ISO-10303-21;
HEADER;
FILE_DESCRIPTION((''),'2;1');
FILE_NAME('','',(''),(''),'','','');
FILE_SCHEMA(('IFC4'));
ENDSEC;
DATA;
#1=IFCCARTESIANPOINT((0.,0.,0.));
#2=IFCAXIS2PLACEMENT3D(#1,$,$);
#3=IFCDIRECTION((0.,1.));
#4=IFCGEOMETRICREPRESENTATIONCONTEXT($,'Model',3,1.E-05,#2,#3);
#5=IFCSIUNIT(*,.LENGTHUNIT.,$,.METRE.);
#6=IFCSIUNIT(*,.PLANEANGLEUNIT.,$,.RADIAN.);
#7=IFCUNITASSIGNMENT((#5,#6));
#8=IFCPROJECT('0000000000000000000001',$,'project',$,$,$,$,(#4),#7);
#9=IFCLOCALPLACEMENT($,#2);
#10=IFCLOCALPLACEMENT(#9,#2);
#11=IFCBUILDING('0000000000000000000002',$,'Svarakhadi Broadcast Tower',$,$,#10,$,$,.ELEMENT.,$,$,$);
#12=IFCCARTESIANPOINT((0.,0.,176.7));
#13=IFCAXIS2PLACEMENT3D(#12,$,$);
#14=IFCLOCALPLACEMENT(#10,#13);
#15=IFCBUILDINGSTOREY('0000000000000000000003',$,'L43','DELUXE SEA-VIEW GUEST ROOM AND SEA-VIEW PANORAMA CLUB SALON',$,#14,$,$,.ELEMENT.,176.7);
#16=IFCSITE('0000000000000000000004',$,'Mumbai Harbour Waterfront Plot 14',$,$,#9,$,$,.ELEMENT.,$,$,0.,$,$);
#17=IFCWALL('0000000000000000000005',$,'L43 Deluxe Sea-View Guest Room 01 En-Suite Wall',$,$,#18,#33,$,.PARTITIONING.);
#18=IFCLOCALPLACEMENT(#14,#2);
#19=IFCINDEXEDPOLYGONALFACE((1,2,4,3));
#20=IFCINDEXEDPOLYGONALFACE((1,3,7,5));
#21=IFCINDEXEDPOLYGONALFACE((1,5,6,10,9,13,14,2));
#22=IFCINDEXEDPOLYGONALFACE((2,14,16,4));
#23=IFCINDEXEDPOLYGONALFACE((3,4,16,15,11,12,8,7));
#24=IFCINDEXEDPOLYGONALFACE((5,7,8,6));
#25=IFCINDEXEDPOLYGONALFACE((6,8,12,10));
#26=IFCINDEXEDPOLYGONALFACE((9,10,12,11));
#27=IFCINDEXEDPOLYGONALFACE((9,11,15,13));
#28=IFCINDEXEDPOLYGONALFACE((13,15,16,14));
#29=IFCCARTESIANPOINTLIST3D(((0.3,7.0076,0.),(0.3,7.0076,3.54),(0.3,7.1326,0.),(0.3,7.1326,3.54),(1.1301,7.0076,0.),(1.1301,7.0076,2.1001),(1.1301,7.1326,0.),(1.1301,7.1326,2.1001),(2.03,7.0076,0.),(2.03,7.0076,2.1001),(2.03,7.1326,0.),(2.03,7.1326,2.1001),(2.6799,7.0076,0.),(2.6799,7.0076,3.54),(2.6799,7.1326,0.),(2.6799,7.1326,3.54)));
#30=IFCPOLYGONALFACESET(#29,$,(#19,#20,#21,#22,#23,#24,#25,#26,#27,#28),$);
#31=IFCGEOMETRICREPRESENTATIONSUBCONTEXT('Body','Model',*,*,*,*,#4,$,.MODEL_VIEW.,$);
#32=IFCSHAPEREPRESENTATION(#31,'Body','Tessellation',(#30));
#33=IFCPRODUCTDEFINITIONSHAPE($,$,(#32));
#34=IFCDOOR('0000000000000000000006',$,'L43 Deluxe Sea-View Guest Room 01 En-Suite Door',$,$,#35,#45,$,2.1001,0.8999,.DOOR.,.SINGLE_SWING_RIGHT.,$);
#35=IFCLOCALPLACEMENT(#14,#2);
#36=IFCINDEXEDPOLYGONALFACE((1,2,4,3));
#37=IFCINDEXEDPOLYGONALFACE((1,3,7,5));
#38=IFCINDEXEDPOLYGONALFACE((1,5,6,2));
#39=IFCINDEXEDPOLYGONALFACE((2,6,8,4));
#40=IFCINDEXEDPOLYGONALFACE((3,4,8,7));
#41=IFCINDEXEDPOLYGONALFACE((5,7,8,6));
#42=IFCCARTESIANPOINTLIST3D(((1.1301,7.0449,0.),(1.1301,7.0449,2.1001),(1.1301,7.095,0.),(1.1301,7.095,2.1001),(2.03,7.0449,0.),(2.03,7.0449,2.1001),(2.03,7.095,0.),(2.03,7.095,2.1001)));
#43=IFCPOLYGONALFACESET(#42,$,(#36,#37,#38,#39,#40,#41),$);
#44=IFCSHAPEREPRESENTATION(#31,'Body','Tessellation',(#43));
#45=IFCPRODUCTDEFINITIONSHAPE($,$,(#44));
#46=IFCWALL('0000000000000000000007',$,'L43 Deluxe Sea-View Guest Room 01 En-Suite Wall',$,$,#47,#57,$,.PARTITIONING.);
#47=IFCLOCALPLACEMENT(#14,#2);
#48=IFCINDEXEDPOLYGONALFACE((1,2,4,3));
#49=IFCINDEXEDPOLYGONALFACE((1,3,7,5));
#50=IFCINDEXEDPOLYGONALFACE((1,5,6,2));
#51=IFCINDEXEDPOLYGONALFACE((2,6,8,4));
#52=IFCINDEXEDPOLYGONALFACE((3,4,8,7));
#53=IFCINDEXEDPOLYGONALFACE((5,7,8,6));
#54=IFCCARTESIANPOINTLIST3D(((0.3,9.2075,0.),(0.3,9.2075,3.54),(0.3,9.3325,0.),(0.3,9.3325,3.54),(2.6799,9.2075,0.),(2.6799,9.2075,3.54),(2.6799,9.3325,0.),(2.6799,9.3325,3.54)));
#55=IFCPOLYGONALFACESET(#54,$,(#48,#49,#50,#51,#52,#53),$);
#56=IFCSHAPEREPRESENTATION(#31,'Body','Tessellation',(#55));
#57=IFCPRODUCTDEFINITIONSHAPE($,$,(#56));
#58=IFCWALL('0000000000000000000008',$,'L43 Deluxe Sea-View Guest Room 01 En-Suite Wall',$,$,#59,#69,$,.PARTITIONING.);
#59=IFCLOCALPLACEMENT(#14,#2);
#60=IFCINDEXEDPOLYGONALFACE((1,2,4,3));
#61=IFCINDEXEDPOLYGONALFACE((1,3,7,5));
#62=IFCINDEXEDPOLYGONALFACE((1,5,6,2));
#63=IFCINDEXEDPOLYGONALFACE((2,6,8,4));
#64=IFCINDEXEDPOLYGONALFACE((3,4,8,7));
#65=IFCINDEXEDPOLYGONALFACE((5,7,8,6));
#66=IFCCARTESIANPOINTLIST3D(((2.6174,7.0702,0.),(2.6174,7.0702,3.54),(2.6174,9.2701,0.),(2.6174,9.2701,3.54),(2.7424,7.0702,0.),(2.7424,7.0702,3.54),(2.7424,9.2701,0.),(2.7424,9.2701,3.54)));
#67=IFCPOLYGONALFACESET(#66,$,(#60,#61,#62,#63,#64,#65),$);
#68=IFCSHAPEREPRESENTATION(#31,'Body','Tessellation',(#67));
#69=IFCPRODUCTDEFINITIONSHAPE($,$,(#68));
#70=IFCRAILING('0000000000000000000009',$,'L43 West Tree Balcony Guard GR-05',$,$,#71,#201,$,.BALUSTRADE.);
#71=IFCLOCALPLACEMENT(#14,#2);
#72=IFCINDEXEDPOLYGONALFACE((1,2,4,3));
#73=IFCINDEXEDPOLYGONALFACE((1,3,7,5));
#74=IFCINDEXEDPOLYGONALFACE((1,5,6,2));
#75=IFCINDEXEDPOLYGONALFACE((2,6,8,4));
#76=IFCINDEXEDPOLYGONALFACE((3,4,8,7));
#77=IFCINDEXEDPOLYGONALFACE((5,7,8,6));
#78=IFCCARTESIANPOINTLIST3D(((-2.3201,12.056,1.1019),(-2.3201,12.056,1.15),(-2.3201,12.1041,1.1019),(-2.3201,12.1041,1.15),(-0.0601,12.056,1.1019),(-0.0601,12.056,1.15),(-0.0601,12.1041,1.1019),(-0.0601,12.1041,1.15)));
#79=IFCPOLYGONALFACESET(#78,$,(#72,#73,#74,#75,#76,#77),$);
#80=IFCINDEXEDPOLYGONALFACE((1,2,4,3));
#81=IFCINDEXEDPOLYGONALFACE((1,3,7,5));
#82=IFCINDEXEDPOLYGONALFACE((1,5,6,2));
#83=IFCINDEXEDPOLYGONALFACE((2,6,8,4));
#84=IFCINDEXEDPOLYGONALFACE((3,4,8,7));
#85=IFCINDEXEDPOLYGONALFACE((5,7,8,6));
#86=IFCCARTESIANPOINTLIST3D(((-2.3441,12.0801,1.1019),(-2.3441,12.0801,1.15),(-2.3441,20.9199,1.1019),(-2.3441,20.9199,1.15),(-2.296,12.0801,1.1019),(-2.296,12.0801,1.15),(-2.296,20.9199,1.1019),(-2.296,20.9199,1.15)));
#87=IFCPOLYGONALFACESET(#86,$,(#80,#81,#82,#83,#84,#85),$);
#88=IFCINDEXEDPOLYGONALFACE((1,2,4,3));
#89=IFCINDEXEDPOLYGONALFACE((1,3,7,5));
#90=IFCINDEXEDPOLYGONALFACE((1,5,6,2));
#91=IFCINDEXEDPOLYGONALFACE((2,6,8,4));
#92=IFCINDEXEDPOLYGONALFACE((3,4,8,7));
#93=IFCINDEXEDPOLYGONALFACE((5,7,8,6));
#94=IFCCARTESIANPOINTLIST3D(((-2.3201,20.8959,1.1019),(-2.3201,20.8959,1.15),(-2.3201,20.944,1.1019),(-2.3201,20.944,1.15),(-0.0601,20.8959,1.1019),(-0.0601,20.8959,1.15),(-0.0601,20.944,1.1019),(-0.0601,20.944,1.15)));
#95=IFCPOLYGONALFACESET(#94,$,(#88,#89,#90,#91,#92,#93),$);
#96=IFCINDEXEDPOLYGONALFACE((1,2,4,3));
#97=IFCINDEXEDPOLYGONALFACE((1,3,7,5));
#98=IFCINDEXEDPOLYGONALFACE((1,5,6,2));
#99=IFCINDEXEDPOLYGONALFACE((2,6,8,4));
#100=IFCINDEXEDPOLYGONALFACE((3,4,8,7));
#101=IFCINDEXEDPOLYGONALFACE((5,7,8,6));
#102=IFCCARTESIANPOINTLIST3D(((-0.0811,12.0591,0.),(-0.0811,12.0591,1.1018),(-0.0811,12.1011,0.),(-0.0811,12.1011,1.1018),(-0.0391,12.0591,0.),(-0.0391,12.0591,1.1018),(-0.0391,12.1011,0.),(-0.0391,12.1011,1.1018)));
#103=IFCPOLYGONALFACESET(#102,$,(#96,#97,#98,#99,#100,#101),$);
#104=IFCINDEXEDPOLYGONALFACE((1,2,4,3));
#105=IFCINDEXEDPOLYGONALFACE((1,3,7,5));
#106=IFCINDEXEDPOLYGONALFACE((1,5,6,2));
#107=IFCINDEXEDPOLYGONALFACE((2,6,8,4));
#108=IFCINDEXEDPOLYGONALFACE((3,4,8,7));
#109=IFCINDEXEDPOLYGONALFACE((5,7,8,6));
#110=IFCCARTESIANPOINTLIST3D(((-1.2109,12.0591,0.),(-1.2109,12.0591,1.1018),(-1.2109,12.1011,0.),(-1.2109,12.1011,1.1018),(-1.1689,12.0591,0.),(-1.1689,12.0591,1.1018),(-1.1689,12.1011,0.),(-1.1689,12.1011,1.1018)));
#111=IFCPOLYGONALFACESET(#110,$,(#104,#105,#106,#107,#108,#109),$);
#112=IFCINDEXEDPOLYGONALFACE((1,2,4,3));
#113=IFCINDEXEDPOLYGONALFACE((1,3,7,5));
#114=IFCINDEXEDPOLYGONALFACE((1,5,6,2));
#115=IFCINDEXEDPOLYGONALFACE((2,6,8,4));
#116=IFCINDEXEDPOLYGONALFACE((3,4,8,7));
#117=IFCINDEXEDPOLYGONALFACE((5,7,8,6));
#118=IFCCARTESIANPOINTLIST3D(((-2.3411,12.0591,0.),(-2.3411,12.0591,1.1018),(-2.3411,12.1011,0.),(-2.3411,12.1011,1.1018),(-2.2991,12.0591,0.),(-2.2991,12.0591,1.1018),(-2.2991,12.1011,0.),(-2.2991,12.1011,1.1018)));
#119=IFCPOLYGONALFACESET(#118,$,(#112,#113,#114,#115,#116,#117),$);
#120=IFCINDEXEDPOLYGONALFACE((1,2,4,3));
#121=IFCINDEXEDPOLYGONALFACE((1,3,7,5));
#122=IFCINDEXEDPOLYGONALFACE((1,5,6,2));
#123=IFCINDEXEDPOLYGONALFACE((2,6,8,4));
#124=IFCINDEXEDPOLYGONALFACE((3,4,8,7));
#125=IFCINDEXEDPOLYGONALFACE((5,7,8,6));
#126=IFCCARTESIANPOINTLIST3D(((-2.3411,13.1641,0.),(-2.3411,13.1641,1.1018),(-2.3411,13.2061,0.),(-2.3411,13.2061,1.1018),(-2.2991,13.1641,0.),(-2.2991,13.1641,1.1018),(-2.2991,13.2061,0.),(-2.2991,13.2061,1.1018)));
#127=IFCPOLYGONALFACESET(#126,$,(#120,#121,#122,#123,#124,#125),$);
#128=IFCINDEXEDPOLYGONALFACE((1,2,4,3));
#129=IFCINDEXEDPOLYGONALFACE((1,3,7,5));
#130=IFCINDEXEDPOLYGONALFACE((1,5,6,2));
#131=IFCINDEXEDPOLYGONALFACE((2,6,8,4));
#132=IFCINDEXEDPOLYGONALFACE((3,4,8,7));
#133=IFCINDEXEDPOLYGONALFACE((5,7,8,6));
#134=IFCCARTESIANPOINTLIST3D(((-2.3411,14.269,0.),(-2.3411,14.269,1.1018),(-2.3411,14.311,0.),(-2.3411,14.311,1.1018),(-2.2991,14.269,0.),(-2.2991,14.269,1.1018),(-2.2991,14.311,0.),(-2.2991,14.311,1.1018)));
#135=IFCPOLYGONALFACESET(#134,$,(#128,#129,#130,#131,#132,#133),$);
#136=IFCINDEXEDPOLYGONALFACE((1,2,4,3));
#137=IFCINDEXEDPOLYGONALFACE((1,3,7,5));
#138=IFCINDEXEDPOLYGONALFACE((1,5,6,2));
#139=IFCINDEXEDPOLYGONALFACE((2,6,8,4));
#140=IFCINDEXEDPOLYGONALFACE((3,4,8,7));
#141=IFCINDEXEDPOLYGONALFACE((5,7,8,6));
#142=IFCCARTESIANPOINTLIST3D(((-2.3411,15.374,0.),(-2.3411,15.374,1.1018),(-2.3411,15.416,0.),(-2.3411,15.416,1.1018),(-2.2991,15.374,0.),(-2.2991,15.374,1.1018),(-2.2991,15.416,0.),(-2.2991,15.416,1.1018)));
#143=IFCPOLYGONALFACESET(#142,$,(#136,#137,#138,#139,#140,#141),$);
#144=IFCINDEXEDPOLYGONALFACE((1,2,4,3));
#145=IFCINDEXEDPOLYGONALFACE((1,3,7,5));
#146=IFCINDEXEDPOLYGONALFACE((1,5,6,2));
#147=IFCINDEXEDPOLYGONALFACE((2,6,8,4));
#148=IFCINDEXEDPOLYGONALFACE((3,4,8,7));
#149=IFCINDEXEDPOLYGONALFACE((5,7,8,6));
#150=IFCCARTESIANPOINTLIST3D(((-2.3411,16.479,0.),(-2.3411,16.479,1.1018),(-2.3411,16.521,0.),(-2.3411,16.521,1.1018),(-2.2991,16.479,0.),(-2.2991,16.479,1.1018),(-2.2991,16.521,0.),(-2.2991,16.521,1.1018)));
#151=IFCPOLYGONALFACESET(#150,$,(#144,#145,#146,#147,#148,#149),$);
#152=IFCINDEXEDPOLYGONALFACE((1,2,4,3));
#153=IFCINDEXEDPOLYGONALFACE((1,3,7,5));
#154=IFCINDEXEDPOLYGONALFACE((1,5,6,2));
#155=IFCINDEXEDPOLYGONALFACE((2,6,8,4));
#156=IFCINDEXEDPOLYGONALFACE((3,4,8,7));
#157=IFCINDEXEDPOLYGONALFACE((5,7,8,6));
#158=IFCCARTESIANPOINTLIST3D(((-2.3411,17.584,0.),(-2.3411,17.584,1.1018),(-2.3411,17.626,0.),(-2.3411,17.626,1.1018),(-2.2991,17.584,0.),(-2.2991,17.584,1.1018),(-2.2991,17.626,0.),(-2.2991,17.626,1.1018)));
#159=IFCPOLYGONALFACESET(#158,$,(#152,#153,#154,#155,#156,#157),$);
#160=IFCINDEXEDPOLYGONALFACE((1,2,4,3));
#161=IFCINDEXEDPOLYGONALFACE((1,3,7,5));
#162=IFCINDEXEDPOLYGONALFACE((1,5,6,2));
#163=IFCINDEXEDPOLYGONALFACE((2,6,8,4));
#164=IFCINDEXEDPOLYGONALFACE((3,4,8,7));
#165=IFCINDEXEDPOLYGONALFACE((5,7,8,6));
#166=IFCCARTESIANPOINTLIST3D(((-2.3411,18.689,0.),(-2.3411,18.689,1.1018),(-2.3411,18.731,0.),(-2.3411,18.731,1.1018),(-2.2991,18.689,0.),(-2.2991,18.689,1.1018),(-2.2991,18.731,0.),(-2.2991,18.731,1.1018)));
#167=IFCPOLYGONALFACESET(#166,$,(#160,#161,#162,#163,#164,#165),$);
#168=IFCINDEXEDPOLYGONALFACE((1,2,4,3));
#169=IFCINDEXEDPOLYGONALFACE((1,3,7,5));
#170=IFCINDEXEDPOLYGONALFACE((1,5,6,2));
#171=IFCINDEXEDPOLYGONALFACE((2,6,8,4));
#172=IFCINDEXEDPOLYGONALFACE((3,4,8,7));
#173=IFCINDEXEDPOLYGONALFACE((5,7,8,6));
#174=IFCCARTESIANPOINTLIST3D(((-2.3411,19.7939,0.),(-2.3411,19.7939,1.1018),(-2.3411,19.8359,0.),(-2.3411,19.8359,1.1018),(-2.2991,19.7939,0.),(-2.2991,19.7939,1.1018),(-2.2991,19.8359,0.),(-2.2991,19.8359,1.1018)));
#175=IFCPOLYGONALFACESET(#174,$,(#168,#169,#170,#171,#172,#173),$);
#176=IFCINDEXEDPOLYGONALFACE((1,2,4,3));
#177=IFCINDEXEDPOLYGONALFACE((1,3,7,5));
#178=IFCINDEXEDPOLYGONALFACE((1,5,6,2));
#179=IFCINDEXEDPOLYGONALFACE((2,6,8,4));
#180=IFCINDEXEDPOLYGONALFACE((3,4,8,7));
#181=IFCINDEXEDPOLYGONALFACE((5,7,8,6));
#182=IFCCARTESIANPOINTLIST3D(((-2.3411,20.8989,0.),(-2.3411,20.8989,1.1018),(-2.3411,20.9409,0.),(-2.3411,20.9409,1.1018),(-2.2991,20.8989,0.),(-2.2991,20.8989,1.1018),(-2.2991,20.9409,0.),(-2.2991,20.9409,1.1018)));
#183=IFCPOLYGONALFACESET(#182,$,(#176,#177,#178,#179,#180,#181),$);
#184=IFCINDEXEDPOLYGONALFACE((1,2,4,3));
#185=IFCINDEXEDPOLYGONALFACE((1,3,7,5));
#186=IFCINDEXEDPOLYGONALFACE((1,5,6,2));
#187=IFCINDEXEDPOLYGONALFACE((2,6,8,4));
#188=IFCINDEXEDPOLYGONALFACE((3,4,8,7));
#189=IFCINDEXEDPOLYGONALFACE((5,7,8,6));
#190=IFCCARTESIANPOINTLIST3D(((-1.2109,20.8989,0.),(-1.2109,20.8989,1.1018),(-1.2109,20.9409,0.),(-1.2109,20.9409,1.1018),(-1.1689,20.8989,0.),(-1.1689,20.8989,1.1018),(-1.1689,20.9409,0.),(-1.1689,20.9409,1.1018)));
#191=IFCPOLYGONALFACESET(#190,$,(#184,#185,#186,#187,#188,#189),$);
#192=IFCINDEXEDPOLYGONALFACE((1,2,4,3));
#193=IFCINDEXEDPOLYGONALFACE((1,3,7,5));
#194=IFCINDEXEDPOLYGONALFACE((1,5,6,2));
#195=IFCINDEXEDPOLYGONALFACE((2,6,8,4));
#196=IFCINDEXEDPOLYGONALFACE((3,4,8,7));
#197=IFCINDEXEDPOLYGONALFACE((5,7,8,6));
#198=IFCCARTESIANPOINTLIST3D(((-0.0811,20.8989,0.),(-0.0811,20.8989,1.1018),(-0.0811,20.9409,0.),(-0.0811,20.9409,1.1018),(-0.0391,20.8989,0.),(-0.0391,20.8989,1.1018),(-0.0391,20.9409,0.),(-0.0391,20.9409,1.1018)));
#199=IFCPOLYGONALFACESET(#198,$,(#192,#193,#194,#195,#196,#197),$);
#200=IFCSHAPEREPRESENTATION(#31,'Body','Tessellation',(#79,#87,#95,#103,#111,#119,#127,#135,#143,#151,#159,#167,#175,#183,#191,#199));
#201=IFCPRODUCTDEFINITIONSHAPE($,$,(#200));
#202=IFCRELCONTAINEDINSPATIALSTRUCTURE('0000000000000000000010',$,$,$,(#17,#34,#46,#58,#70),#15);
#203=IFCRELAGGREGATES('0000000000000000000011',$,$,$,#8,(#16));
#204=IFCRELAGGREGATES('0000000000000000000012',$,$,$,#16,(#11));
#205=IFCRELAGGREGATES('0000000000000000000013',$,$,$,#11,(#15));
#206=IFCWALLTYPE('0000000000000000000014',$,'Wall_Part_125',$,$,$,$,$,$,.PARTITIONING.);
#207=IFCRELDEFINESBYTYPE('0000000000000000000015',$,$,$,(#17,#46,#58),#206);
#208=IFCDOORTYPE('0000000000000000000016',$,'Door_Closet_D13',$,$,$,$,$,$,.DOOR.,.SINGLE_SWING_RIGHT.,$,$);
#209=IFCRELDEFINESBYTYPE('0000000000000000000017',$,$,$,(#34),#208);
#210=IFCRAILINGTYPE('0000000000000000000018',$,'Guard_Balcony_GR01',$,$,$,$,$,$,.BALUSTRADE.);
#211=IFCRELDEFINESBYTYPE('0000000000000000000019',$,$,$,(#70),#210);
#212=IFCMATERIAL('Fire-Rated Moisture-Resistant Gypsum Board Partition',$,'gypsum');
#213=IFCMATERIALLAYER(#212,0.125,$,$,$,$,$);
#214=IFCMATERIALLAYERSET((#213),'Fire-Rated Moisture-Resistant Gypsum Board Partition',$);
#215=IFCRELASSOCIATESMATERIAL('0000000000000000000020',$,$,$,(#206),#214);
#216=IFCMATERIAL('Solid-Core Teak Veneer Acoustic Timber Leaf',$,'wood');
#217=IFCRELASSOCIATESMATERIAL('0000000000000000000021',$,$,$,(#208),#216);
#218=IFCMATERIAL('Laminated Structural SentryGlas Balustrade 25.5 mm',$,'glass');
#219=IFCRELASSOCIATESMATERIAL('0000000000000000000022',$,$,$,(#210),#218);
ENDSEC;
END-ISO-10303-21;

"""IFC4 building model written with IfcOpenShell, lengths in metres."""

from ifc_helpers import new_model, si_unit, direction, frame, frame_2d, origin, origin_2d, place, context, subcontext, project, spatial, rectangle, extrude, material, layer, layer_set, type_object, element, fill, save


model = new_model("IFC4")

# Units and contexts
model_context = context("Model", 3, precision=1e-05, world=origin(), true_north=direction((0.0, 1.0)))
body_context = subcontext(model_context, "Body", "Model", "MODEL_VIEW")
ifc_project = project(units=[si_unit("LENGTHUNIT", "METRE"), si_unit("PLANEANGLEUNIT", "RADIAN")], contexts=[model_context])

# Site, building, storey
site_placement = place(None, origin())
site = spatial("IfcSite", under=ifc_project, at=site_placement, Name="Mumbai Harbour Waterfront Plot 14", CompositionType="ELEMENT", RefElevation=0.0)
building_placement = place(site_placement, origin())
building = spatial("IfcBuilding", under=site, at=building_placement, Name="Svarakhadi Broadcast Tower", CompositionType="ELEMENT")
storey_placement = place(building_placement, frame((0.0, 0.0, 176.7)))
storey = spatial("IfcBuildingStorey", under=building, at=storey_placement, Name="L43", Description="DELUXE SEA-VIEW GUEST ROOM AND SEA-VIEW PANORAMA CLUB SALON", CompositionType="ELEMENT", Elevation=176.7)

# Wall, opening, door
ifc_material_1 = material(Name="Solid-Core Teak Veneer Acoustic Timber Leaf", Category="wood")
ifc_material_2 = material(Name="Fire-Rated Moisture-Resistant Gypsum Board Partition", Category="gypsum")
ifc_layer_1 = layer(ifc_material_2, 0.125)
ifc_layer_set_1 = layer_set([ifc_layer_1], Name="Fire-Rated Moisture-Resistant Gypsum Board Partition")
wall_type_1 = type_object("IfcWallType", Name="Wall_Part_125", PredefinedType="PARTITIONING", material=ifc_layer_set_1)
wall_1_placement = place(storey_placement, frame((0.3, 7.0701, 0.0), z_axis=(0.0, 0.0, 1.0), x_axis=(1.0, 0.0, 0.0)))
wall_1 = element("IfcWall", 1, at=wall_1_placement, inside=storey, type_object=wall_type_1, Name="L43 Deluxe Sea-View Guest Room 01 En-Suite Wall", PredefinedType="PARTITIONING", context=body_context, shape_type="SweptSolid", body=[
    extrude(rectangle(XDim=2.3799, YDim=0.125, at=frame_2d((1.1899, 0.0))), origin(), (0.0, 0.0, 1.0), 3.54),
])
opening_1_placement = place(wall_1_placement, frame((0.8301, 0.0, 0.0)))
opening_1 = element("IfcOpeningElement", 2, at=opening_1_placement, cuts=wall_1, PredefinedType="OPENING", context=body_context, shape_type="SweptSolid", body=[
    extrude(rectangle(XDim=0.8999, YDim=2.1001, at=frame_2d((0.45, 1.05))), frame((0.0, 0.0725, 0.0), z_axis=(0.0, -1.0, 0.0), x_axis=(1.0, 0.0, 0.0)), (0.0, 0.0, 1.0), 0.145),
])
door_type_1 = type_object("IfcDoorType", Name="Door_Closet_D13", OperationType="SINGLE_SWING_RIGHT", PredefinedType="DOOR", material=ifc_material_1)
door_1_placement = place(opening_1_placement, origin())
door_1 = element("IfcDoor", 3, at=door_1_placement, inside=storey, type_object=door_type_1, Name="L43 Deluxe Sea-View Guest Room 01 En-Suite Door", OperationType="SINGLE_SWING_RIGHT", OverallHeight=2.1001, OverallWidth=0.8999, PredefinedType="DOOR", context=body_context, shape_type="SweptSolid", body=[
    extrude(rectangle(XDim=0.8999, YDim=2.1001, at=frame_2d((0.45, 1.05))), frame((0.0, 0.0249, 0.0), z_axis=(0.0, -1.0, 0.0), x_axis=(1.0, 0.0, 0.0)), (0.0, 0.0, 1.0), 0.05),
])
fill(opening_1, door_1)

# Walls
wall_2_placement = place(storey_placement, frame((0.3, 9.27, 0.0), z_axis=(0.0, 0.0, 1.0), x_axis=(1.0, 0.0, 0.0)))
element("IfcWall", 4, at=wall_2_placement, inside=storey, type_object=wall_type_1, Name="L43 Deluxe Sea-View Guest Room 01 En-Suite Wall", PredefinedType="PARTITIONING", context=body_context, shape_type="SweptSolid", body=[
    extrude(rectangle(XDim=2.3799, YDim=0.125, at=frame_2d((1.1899, 0.0))), origin(), (0.0, 0.0, 1.0), 3.54),
])
wall_3_placement = place(storey_placement, frame((2.6799, 7.0701, 0.0), z_axis=(0.0, 0.0, 1.0), x_axis=(0.0, 1.0, 0.0)))
element("IfcWall", 5, at=wall_3_placement, inside=storey, type_object=wall_type_1, Name="L43 Deluxe Sea-View Guest Room 01 En-Suite Wall", PredefinedType="PARTITIONING", context=body_context, shape_type="SweptSolid", body=[
    extrude(rectangle(XDim=2.2, YDim=0.125, at=frame_2d((1.1001, 0.0))), origin(), (0.0, 0.0, 1.0), 3.54),
])

# Railing
ifc_material_3 = material(Name="Laminated Structural SentryGlas Balustrade 25.5 mm", Category="glass")
railing_type = type_object("IfcRailingType", Name="Guard_Balcony_GR01", PredefinedType="BALUSTRADE", material=ifc_material_3)
railing_placement = place(storey_placement, frame((-0.0601, 12.0801, 0.0)))
element("IfcRailing", 6, at=railing_placement, inside=storey, type_object=railing_type, Name="L43 West Tree Balcony Guard GR-05", PredefinedType="BALUSTRADE", context=body_context, shape_type="SweptSolid", body=[
    extrude(rectangle(XDim=0.0481, YDim=0.0481, at=origin_2d()), frame((0.0, 0.0, 1.126), z_axis=(-1.0, 0.0, 0.0), x_axis=(0.0, -1.0, 0.0)), (0.0, 0.0, 1.0), 2.26),
    extrude(rectangle(XDim=0.0481, YDim=0.0481, at=origin_2d()), frame((-2.26, 0.0, 1.126), z_axis=(0.0, 1.0, 0.0), x_axis=(-1.0, 0.0, 0.0)), (0.0, 0.0, 1.0), 8.8398),
    extrude(rectangle(XDim=0.0481, YDim=0.0481, at=origin_2d()), frame((-2.26, 8.8398, 1.126), z_axis=(1.0, 0.0, 0.0), x_axis=(0.0, 1.0, 0.0)), (0.0, 0.0, 1.0), 2.26),
    extrude(rectangle(XDim=0.042, YDim=0.042, at=origin_2d()), origin(), (0.0, 0.0, 1.0), 1.1018),
    extrude(rectangle(XDim=0.042, YDim=0.042, at=origin_2d()), frame((-1.1299, 0.0, 0.0)), (0.0, 0.0, 1.0), 1.1018),
    extrude(rectangle(XDim=0.042, YDim=0.042, at=origin_2d()), frame((-2.26, 0.0, 0.0)), (0.0, 0.0, 1.0), 1.1018),
    extrude(rectangle(XDim=0.042, YDim=0.042, at=origin_2d()), frame((-2.26, 1.105, 0.0)), (0.0, 0.0, 1.0), 1.1018),
    extrude(rectangle(XDim=0.042, YDim=0.042, at=origin_2d()), frame((-2.26, 2.21, 0.0)), (0.0, 0.0, 1.0), 1.1018),
    extrude(rectangle(XDim=0.042, YDim=0.042, at=origin_2d()), frame((-2.26, 3.3149, 0.0)), (0.0, 0.0, 1.0), 1.1018),
    extrude(rectangle(XDim=0.042, YDim=0.042, at=origin_2d()), frame((-2.26, 4.4199, 0.0)), (0.0, 0.0, 1.0), 1.1018),
    extrude(rectangle(XDim=0.042, YDim=0.042, at=origin_2d()), frame((-2.26, 5.5249, 0.0)), (0.0, 0.0, 1.0), 1.1018),
    extrude(rectangle(XDim=0.042, YDim=0.042, at=origin_2d()), frame((-2.26, 6.6299, 0.0)), (0.0, 0.0, 1.0), 1.1018),
    extrude(rectangle(XDim=0.042, YDim=0.042, at=origin_2d()), frame((-2.26, 7.7349, 0.0)), (0.0, 0.0, 1.0), 1.1018),
    extrude(rectangle(XDim=0.042, YDim=0.042, at=origin_2d()), frame((-2.26, 8.8398, 0.0)), (0.0, 0.0, 1.0), 1.1018),
    extrude(rectangle(XDim=0.042, YDim=0.042, at=origin_2d()), frame((-1.1299, 8.8398, 0.0)), (0.0, 0.0, 1.0), 1.1018),
    extrude(rectangle(XDim=0.042, YDim=0.042, at=origin_2d()), frame((0.0, 8.8398, 0.0)), (0.0, 0.0, 1.0), 1.1018),
])

save(model, "model.ifc")
